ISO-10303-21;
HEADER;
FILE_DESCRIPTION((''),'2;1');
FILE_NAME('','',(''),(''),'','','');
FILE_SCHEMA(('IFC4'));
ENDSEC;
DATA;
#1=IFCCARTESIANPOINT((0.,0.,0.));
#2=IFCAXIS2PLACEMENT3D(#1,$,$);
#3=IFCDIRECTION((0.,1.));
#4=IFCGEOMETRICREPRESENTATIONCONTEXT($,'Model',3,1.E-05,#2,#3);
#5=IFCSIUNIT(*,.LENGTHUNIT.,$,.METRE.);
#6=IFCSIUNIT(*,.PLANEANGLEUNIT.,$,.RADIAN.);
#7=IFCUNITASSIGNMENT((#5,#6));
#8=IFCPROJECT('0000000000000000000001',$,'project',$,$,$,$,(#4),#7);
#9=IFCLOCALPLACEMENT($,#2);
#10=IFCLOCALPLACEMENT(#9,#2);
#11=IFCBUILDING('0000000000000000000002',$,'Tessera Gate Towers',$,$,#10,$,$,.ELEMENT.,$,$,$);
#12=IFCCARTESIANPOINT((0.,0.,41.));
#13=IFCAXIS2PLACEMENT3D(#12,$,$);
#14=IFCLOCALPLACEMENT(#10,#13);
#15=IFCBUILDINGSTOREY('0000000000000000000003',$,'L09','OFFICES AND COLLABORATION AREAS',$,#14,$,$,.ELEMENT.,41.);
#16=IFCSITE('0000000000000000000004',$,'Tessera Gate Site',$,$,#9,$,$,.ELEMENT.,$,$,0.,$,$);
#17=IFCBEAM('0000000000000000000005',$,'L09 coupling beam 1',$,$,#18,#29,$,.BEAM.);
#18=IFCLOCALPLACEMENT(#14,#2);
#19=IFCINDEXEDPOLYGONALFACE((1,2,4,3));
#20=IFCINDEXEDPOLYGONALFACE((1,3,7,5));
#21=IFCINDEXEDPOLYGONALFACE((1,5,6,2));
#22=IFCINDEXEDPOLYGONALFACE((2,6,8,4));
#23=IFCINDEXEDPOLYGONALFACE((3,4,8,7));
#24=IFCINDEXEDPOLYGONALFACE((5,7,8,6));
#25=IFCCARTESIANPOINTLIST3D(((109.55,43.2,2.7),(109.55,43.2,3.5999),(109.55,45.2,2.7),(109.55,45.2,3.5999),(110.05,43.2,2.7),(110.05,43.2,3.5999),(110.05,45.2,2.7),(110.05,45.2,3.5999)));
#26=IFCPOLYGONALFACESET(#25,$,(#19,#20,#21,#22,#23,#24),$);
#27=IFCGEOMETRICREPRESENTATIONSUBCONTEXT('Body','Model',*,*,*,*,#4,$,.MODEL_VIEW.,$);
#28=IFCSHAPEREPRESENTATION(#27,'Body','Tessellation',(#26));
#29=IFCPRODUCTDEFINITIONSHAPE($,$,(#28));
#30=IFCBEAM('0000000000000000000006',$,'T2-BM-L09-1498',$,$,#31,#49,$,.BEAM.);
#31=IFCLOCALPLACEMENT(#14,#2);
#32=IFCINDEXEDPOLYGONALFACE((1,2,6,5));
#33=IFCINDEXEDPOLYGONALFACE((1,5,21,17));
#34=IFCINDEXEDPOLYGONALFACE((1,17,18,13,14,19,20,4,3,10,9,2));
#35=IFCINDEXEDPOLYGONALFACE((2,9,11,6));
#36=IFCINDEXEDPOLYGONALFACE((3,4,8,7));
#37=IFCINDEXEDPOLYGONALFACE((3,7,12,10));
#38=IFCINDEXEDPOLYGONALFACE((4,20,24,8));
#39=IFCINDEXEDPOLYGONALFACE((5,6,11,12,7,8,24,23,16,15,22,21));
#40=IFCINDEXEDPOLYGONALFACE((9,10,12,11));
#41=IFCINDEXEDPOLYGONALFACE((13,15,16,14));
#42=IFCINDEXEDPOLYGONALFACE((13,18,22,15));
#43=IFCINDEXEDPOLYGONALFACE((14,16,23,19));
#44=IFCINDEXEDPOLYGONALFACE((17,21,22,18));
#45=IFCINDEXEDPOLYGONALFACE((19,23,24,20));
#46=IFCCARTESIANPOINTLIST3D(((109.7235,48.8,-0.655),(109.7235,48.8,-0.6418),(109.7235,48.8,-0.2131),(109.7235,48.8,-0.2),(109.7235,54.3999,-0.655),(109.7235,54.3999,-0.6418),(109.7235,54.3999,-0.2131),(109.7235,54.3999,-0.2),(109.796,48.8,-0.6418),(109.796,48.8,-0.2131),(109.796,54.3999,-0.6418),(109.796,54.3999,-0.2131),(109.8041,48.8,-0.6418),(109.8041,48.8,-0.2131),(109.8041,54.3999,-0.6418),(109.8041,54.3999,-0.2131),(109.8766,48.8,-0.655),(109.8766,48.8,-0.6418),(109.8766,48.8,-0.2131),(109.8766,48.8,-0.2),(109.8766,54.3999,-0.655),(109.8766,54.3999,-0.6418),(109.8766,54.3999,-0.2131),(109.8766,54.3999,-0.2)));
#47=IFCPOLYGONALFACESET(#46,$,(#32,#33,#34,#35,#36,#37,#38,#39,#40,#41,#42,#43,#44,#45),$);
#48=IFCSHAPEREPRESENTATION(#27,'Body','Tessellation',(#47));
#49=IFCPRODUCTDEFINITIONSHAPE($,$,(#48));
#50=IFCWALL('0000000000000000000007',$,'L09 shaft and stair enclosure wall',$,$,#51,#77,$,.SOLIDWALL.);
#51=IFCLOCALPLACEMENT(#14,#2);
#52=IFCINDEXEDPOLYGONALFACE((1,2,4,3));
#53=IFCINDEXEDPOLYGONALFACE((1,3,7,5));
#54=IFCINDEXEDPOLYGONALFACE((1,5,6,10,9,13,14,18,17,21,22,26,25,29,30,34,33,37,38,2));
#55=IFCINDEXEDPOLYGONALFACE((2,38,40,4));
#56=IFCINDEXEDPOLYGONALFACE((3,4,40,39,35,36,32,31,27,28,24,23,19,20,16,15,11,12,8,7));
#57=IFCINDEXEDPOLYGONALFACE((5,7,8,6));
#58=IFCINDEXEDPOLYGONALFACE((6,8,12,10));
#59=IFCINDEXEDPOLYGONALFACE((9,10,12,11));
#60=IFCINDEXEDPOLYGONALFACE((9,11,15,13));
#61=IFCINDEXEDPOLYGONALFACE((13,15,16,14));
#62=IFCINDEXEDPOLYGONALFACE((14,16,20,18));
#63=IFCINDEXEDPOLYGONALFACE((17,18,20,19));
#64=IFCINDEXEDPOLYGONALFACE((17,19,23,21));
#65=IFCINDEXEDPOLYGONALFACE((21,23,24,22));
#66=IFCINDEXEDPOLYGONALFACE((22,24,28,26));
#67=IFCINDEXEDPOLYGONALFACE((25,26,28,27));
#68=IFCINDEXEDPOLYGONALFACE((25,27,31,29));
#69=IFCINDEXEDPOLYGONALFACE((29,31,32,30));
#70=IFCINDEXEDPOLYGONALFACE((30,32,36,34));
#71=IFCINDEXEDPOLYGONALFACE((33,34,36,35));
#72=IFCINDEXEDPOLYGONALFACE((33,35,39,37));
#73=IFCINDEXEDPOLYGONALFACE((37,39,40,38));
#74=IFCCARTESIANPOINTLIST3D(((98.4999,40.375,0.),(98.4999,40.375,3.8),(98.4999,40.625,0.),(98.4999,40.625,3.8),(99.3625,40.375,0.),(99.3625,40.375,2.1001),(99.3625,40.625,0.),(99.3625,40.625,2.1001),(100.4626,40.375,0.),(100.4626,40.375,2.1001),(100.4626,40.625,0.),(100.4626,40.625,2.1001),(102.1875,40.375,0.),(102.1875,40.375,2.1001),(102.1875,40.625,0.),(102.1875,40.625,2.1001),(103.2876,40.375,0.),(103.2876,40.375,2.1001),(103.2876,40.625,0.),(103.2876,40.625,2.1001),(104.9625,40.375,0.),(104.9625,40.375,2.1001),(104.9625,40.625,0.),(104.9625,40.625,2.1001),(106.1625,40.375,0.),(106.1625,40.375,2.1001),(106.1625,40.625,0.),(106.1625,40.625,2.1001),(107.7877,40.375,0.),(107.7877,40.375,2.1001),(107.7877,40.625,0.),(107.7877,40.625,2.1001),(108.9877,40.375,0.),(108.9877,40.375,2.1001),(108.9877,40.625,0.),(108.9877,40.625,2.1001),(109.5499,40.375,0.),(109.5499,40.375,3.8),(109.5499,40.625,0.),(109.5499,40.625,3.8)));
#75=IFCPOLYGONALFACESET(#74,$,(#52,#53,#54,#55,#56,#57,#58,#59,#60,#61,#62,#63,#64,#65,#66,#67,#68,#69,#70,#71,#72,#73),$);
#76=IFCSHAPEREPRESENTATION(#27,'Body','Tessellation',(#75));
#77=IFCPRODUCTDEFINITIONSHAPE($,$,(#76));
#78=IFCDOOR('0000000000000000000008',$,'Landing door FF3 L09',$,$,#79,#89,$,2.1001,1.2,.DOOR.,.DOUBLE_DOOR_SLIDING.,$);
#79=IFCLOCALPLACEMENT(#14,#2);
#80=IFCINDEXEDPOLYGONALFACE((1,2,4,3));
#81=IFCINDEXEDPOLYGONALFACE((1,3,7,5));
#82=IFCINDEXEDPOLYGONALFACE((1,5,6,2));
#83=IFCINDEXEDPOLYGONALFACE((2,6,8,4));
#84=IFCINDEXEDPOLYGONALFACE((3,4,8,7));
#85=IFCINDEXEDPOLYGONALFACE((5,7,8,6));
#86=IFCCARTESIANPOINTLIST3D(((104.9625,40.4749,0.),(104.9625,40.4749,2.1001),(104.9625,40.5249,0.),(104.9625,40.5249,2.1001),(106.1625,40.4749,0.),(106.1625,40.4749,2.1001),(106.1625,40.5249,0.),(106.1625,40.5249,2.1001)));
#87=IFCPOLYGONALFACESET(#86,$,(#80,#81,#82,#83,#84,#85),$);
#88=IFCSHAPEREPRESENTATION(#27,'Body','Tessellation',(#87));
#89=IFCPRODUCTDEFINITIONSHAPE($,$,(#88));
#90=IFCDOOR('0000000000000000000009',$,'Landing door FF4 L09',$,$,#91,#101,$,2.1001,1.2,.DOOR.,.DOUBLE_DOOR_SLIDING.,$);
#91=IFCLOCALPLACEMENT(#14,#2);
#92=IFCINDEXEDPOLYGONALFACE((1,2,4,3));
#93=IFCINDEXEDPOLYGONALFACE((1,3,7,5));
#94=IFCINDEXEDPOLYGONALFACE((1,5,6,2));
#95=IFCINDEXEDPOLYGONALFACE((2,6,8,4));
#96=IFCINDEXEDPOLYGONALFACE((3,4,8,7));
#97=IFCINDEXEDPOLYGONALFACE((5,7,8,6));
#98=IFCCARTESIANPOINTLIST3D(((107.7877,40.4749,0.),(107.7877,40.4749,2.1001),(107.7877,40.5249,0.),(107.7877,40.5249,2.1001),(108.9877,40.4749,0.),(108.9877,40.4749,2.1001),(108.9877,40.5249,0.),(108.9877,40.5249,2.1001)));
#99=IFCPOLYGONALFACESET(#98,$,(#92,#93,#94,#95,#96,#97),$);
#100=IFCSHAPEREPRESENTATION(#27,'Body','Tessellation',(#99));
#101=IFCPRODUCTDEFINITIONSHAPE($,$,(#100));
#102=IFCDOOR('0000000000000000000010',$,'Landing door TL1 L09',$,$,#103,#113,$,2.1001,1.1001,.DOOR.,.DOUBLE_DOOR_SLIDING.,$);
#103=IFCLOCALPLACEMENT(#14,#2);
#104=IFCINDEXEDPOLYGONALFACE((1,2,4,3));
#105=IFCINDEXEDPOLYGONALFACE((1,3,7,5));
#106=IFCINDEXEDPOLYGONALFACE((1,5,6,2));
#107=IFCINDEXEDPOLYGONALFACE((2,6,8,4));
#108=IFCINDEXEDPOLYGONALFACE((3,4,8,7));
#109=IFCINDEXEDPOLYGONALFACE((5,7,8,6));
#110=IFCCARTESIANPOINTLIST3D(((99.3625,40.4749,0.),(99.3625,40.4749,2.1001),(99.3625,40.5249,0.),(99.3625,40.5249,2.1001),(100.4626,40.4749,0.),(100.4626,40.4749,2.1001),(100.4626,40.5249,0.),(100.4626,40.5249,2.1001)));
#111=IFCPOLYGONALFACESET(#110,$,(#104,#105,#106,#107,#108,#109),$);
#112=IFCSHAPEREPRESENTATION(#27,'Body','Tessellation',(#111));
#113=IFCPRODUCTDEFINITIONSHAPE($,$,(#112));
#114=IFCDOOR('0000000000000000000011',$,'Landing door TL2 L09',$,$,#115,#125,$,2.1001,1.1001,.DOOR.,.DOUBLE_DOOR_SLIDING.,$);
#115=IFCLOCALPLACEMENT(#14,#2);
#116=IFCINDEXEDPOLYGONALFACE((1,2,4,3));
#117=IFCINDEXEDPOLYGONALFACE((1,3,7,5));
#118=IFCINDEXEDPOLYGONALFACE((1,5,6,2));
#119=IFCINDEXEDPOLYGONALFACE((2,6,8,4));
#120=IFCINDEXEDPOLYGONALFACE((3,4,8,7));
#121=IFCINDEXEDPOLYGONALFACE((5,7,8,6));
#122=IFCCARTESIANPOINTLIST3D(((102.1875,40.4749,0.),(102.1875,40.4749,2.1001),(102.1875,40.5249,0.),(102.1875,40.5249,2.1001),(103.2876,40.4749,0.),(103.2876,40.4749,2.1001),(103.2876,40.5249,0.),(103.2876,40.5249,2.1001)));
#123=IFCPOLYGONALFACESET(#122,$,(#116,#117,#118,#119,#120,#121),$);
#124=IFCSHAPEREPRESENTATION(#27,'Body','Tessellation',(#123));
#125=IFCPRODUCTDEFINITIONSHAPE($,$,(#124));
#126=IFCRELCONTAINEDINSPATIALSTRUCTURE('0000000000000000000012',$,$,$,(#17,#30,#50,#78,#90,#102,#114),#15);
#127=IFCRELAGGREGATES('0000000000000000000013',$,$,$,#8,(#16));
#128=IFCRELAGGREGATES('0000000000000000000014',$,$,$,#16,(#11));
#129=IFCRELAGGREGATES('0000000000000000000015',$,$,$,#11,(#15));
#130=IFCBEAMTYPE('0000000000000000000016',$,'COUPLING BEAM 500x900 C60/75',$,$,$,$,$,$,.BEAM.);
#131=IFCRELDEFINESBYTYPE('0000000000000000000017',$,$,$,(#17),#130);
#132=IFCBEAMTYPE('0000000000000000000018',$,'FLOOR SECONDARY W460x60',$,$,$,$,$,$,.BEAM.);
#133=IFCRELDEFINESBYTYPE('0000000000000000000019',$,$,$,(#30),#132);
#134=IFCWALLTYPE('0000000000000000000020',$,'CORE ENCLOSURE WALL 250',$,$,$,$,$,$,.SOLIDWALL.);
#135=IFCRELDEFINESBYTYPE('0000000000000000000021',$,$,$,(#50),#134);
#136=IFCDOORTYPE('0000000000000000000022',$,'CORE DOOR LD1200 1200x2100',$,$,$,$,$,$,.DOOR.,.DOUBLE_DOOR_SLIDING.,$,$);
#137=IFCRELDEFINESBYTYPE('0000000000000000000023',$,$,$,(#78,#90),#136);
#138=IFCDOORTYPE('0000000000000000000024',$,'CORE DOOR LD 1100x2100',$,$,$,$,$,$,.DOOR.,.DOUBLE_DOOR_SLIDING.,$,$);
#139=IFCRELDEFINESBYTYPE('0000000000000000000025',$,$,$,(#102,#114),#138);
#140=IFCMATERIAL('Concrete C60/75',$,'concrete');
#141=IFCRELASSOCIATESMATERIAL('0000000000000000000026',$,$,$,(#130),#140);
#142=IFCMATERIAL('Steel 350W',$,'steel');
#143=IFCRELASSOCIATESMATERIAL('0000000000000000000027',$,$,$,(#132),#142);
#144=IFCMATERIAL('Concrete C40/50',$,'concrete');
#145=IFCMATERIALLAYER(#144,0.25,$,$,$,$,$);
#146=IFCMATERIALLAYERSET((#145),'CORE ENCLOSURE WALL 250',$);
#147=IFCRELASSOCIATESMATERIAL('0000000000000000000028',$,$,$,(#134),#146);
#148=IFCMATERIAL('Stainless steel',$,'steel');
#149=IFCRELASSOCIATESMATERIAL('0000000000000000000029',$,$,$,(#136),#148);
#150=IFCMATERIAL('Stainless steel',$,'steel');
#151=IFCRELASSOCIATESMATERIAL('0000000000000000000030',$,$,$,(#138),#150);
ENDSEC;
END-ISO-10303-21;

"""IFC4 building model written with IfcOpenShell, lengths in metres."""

from ifc_helpers import new_model, si_unit, direction, frame, frame_2d, origin, origin_2d, place, context, subcontext, project, spatial, rectangle, i_section, extrude, source, transform, mapped, material, layer, layer_set, material_profile, profile_set, type_object, element, fill, save


model = new_model("IFC4")

# Units and contexts
model_context = context("Model", 3, precision=1e-05, world=origin(), true_north=direction((0.0, 1.0)))
body_context = subcontext(model_context, "Body", "Model", "MODEL_VIEW")
ifc_project = project(units=[si_unit("LENGTHUNIT", "METRE"), si_unit("PLANEANGLEUNIT", "RADIAN")], contexts=[model_context])

# Site, building, storey
site_placement = place(None, origin())
site = spatial("IfcSite", under=ifc_project, at=site_placement, Name="Tessera Gate Site", CompositionType="ELEMENT", RefElevation=0.0)
building_placement = place(site_placement, origin())
building = spatial("IfcBuilding", under=site, at=building_placement, Name="Tessera Gate Towers", CompositionType="ELEMENT")
storey_placement = place(building_placement, frame((0.0, 0.0, 41.0)))
storey = spatial("IfcBuildingStorey", under=building, at=storey_placement, Name="L09", Description="OFFICES AND COLLABORATION AREAS", CompositionType="ELEMENT", Elevation=41.0)

# Beams
ifc_material_1 = material(Name="Concrete C60/75", Category="concrete")
ifc_material_profile_1 = material_profile(ifc_material_1, rectangle(XDim=0.5, YDim=0.8999, at=origin_2d()), Name="RC 500x900")
ifc_profile_set_1 = profile_set([ifc_material_profile_1], Name="Concrete C60/75")
beam_type_1 = type_object("IfcBeamType", Name="COUPLING BEAM 500x900 C60/75", PredefinedType="BEAM", material=ifc_profile_set_1)
beam_1_placement = place(storey_placement, frame((109.8, 43.2, 3.1499), z_axis=(0.0, 1.0, 0.0), x_axis=(-1.0, 0.0, 0.0)))
element("IfcBeam", 1, at=beam_1_placement, inside=storey, type_object=beam_type_1, Name="L09 coupling beam 1", PredefinedType="BEAM", context=body_context, shape_type="SweptSolid", body=[
    extrude(rectangle(XDim=0.5, YDim=0.8999, at=origin_2d()), origin(), (0.0, 0.0, 1.0), 2.0),
])
ifc_material_2 = material(Name="Steel 350W", Category="steel")
ifc_material_profile_2 = material_profile(ifc_material_2, i_section(OverallWidth=0.1531, OverallDepth=0.4551, WebThickness=0.0081, FlangeThickness=0.0132, at=origin_2d()), Name="W460x60")
ifc_profile_set_2 = profile_set([ifc_material_profile_2], Name="Steel 350W")
beam_type_2 = type_object("IfcBeamType", Name="FLOOR SECONDARY W460x60", PredefinedType="BEAM", material=ifc_profile_set_2)
beam_2_placement = place(storey_placement, frame((109.8, 48.8, -0.4275), z_axis=(0.0, 1.0, 0.0), x_axis=(-1.0, 0.0, 0.0)))
element("IfcBeam", 2, at=beam_2_placement, inside=storey, type_object=beam_type_2, Name="T2-BM-L09-1498", PredefinedType="BEAM", context=body_context, shape_type="SweptSolid", body=[
    extrude(i_section(OverallWidth=0.1531, OverallDepth=0.4551, WebThickness=0.0081, FlangeThickness=0.0132, at=origin_2d()), origin(), (0.0, 0.0, 1.0), 5.5999),
])

# Wall, openings, doors
ifc_material_3 = material(Name="Concrete C40/50", Category="concrete")
ifc_layer_1 = layer(ifc_material_3, 0.25)
ifc_layer_set_1 = layer_set([ifc_layer_1], Name="CORE ENCLOSURE WALL 250")
wall_type_1 = type_object("IfcWallType", Name="CORE ENCLOSURE WALL 250", PredefinedType="SOLIDWALL", material=ifc_layer_set_1)
wall_1_placement = place(storey_placement, frame((98.5, 40.5, 0.0), z_axis=(0.0, 0.0, 1.0), x_axis=(1.0, 0.0, 0.0)))
wall_1 = element("IfcWall", 3, at=wall_1_placement, inside=storey, type_object=wall_type_1, Name="L09 shaft and stair enclosure wall", PredefinedType="SOLIDWALL", context=body_context, shape_type="SweptSolid", body=[
    extrude(rectangle(XDim=11.05, YDim=0.25, at=frame_2d((5.5249, 0.0))), origin(), (0.0, 0.0, 1.0), 3.8),
])
shared_shape_1 = source(origin(), body_context, "Body", "SweptSolid", [
    extrude(rectangle(XDim=1.1001, YDim=2.1001, at=frame_2d((0.55, 1.05))), frame((0.0, 0.135, 0.0), z_axis=(0.0, -1.0, 0.0), x_axis=(1.0, 0.0, 0.0)), (0.0, 0.0, 1.0), 0.27),
])
opening_1_placement = place(wall_1_placement, frame((0.8625, 0.0, 0.0)))
opening_1 = element("IfcOpeningElement", 4, at=opening_1_placement, cuts=wall_1, PredefinedType="OPENING", context=body_context, shape_type="MappedRepresentation", body=[
    mapped(shared_shape_1, transform((0.0, 0.0, 0.0), scale=1.0)),
])
opening_2_placement = place(wall_1_placement, frame((3.6875, 0.0, 0.0)))
opening_2 = element("IfcOpeningElement", 5, at=opening_2_placement, cuts=wall_1, PredefinedType="OPENING", context=body_context, shape_type="MappedRepresentation", body=[
    mapped(shared_shape_1, transform((0.0, 0.0, 0.0), scale=1.0)),
])
shared_shape_2 = source(origin(), body_context, "Body", "SweptSolid", [
    extrude(rectangle(XDim=1.2, YDim=2.1001, at=frame_2d((0.6001, 1.05))), frame((0.0, 0.135, 0.0), z_axis=(0.0, -1.0, 0.0), x_axis=(1.0, 0.0, 0.0)), (0.0, 0.0, 1.0), 0.27),
])
opening_3_placement = place(wall_1_placement, frame((6.4624, 0.0, 0.0)))
opening_3 = element("IfcOpeningElement", 6, at=opening_3_placement, cuts=wall_1, PredefinedType="OPENING", context=body_context, shape_type="MappedRepresentation", body=[
    mapped(shared_shape_2, transform((0.0, 0.0, 0.0), scale=1.0)),
])
opening_4_placement = place(wall_1_placement, frame((9.2876, 0.0, 0.0)))
opening_4 = element("IfcOpeningElement", 7, at=opening_4_placement, cuts=wall_1, PredefinedType="OPENING", context=body_context, shape_type="MappedRepresentation", body=[
    mapped(shared_shape_2, transform((0.0, 0.0, 0.0), scale=1.0)),
])
ifc_material_4 = material(Name="Stainless steel", Category="steel")
door_type_1 = type_object("IfcDoorType", Name="CORE DOOR LD1200 1200x2100", OperationType="DOUBLE_DOOR_SLIDING", PredefinedType="DOOR", material=ifc_material_4)
shared_shape_3 = source(origin(), body_context, "Body", "SweptSolid", [
    extrude(rectangle(XDim=1.2, YDim=2.1001, at=frame_2d((0.6001, 1.05))), frame((0.0, 0.0249, 0.0), z_axis=(0.0, -1.0, 0.0), x_axis=(1.0, 0.0, 0.0)), (0.0, 0.0, 1.0), 0.05),
])
door_1_placement = place(opening_3_placement, origin())
door_1 = element("IfcDoor", 8, at=door_1_placement, inside=storey, type_object=door_type_1, Name="Landing door FF3 L09", OperationType="DOUBLE_DOOR_SLIDING", OverallHeight=2.1001, OverallWidth=1.2, PredefinedType="DOOR", context=body_context, shape_type="MappedRepresentation", body=[
    mapped(shared_shape_3, transform((0.0, 0.0, 0.0), scale=1.0)),
])
fill(opening_3, door_1)
door_2_placement = place(opening_4_placement, origin())
door_2 = element("IfcDoor", 9, at=door_2_placement, inside=storey, type_object=door_type_1, Name="Landing door FF4 L09", OperationType="DOUBLE_DOOR_SLIDING", OverallHeight=2.1001, OverallWidth=1.2, PredefinedType="DOOR", context=body_context, shape_type="MappedRepresentation", body=[
    mapped(shared_shape_3, transform((0.0, 0.0, 0.0), scale=1.0)),
])
fill(opening_4, door_2)
ifc_material_5 = material(Name="Stainless steel", Category="steel")
door_type_2 = type_object("IfcDoorType", Name="CORE DOOR LD 1100x2100", OperationType="DOUBLE_DOOR_SLIDING", PredefinedType="DOOR", material=ifc_material_5)
shared_shape_4 = source(origin(), body_context, "Body", "SweptSolid", [
    extrude(rectangle(XDim=1.1001, YDim=2.1001, at=frame_2d((0.55, 1.05))), frame((0.0, 0.0249, 0.0), z_axis=(0.0, -1.0, 0.0), x_axis=(1.0, 0.0, 0.0)), (0.0, 0.0, 1.0), 0.05),
])
door_3_placement = place(opening_1_placement, origin())
door_3 = element("IfcDoor", 10, at=door_3_placement, inside=storey, type_object=door_type_2, Name="Landing door TL1 L09", OperationType="DOUBLE_DOOR_SLIDING", OverallHeight=2.1001, OverallWidth=1.1001, PredefinedType="DOOR", context=body_context, shape_type="MappedRepresentation", body=[
    mapped(shared_shape_4, transform((0.0, 0.0, 0.0), scale=1.0)),
])
fill(opening_1, door_3)
door_4_placement = place(opening_2_placement, origin())
door_4 = element("IfcDoor", 11, at=door_4_placement, inside=storey, type_object=door_type_2, Name="Landing door TL2 L09", OperationType="DOUBLE_DOOR_SLIDING", OverallHeight=2.1001, OverallWidth=1.1001, PredefinedType="DOOR", context=body_context, shape_type="MappedRepresentation", body=[
    mapped(shared_shape_4, transform((0.0, 0.0, 0.0), scale=1.0)),
])
fill(opening_2, door_4)

save(model, "model.ifc")
